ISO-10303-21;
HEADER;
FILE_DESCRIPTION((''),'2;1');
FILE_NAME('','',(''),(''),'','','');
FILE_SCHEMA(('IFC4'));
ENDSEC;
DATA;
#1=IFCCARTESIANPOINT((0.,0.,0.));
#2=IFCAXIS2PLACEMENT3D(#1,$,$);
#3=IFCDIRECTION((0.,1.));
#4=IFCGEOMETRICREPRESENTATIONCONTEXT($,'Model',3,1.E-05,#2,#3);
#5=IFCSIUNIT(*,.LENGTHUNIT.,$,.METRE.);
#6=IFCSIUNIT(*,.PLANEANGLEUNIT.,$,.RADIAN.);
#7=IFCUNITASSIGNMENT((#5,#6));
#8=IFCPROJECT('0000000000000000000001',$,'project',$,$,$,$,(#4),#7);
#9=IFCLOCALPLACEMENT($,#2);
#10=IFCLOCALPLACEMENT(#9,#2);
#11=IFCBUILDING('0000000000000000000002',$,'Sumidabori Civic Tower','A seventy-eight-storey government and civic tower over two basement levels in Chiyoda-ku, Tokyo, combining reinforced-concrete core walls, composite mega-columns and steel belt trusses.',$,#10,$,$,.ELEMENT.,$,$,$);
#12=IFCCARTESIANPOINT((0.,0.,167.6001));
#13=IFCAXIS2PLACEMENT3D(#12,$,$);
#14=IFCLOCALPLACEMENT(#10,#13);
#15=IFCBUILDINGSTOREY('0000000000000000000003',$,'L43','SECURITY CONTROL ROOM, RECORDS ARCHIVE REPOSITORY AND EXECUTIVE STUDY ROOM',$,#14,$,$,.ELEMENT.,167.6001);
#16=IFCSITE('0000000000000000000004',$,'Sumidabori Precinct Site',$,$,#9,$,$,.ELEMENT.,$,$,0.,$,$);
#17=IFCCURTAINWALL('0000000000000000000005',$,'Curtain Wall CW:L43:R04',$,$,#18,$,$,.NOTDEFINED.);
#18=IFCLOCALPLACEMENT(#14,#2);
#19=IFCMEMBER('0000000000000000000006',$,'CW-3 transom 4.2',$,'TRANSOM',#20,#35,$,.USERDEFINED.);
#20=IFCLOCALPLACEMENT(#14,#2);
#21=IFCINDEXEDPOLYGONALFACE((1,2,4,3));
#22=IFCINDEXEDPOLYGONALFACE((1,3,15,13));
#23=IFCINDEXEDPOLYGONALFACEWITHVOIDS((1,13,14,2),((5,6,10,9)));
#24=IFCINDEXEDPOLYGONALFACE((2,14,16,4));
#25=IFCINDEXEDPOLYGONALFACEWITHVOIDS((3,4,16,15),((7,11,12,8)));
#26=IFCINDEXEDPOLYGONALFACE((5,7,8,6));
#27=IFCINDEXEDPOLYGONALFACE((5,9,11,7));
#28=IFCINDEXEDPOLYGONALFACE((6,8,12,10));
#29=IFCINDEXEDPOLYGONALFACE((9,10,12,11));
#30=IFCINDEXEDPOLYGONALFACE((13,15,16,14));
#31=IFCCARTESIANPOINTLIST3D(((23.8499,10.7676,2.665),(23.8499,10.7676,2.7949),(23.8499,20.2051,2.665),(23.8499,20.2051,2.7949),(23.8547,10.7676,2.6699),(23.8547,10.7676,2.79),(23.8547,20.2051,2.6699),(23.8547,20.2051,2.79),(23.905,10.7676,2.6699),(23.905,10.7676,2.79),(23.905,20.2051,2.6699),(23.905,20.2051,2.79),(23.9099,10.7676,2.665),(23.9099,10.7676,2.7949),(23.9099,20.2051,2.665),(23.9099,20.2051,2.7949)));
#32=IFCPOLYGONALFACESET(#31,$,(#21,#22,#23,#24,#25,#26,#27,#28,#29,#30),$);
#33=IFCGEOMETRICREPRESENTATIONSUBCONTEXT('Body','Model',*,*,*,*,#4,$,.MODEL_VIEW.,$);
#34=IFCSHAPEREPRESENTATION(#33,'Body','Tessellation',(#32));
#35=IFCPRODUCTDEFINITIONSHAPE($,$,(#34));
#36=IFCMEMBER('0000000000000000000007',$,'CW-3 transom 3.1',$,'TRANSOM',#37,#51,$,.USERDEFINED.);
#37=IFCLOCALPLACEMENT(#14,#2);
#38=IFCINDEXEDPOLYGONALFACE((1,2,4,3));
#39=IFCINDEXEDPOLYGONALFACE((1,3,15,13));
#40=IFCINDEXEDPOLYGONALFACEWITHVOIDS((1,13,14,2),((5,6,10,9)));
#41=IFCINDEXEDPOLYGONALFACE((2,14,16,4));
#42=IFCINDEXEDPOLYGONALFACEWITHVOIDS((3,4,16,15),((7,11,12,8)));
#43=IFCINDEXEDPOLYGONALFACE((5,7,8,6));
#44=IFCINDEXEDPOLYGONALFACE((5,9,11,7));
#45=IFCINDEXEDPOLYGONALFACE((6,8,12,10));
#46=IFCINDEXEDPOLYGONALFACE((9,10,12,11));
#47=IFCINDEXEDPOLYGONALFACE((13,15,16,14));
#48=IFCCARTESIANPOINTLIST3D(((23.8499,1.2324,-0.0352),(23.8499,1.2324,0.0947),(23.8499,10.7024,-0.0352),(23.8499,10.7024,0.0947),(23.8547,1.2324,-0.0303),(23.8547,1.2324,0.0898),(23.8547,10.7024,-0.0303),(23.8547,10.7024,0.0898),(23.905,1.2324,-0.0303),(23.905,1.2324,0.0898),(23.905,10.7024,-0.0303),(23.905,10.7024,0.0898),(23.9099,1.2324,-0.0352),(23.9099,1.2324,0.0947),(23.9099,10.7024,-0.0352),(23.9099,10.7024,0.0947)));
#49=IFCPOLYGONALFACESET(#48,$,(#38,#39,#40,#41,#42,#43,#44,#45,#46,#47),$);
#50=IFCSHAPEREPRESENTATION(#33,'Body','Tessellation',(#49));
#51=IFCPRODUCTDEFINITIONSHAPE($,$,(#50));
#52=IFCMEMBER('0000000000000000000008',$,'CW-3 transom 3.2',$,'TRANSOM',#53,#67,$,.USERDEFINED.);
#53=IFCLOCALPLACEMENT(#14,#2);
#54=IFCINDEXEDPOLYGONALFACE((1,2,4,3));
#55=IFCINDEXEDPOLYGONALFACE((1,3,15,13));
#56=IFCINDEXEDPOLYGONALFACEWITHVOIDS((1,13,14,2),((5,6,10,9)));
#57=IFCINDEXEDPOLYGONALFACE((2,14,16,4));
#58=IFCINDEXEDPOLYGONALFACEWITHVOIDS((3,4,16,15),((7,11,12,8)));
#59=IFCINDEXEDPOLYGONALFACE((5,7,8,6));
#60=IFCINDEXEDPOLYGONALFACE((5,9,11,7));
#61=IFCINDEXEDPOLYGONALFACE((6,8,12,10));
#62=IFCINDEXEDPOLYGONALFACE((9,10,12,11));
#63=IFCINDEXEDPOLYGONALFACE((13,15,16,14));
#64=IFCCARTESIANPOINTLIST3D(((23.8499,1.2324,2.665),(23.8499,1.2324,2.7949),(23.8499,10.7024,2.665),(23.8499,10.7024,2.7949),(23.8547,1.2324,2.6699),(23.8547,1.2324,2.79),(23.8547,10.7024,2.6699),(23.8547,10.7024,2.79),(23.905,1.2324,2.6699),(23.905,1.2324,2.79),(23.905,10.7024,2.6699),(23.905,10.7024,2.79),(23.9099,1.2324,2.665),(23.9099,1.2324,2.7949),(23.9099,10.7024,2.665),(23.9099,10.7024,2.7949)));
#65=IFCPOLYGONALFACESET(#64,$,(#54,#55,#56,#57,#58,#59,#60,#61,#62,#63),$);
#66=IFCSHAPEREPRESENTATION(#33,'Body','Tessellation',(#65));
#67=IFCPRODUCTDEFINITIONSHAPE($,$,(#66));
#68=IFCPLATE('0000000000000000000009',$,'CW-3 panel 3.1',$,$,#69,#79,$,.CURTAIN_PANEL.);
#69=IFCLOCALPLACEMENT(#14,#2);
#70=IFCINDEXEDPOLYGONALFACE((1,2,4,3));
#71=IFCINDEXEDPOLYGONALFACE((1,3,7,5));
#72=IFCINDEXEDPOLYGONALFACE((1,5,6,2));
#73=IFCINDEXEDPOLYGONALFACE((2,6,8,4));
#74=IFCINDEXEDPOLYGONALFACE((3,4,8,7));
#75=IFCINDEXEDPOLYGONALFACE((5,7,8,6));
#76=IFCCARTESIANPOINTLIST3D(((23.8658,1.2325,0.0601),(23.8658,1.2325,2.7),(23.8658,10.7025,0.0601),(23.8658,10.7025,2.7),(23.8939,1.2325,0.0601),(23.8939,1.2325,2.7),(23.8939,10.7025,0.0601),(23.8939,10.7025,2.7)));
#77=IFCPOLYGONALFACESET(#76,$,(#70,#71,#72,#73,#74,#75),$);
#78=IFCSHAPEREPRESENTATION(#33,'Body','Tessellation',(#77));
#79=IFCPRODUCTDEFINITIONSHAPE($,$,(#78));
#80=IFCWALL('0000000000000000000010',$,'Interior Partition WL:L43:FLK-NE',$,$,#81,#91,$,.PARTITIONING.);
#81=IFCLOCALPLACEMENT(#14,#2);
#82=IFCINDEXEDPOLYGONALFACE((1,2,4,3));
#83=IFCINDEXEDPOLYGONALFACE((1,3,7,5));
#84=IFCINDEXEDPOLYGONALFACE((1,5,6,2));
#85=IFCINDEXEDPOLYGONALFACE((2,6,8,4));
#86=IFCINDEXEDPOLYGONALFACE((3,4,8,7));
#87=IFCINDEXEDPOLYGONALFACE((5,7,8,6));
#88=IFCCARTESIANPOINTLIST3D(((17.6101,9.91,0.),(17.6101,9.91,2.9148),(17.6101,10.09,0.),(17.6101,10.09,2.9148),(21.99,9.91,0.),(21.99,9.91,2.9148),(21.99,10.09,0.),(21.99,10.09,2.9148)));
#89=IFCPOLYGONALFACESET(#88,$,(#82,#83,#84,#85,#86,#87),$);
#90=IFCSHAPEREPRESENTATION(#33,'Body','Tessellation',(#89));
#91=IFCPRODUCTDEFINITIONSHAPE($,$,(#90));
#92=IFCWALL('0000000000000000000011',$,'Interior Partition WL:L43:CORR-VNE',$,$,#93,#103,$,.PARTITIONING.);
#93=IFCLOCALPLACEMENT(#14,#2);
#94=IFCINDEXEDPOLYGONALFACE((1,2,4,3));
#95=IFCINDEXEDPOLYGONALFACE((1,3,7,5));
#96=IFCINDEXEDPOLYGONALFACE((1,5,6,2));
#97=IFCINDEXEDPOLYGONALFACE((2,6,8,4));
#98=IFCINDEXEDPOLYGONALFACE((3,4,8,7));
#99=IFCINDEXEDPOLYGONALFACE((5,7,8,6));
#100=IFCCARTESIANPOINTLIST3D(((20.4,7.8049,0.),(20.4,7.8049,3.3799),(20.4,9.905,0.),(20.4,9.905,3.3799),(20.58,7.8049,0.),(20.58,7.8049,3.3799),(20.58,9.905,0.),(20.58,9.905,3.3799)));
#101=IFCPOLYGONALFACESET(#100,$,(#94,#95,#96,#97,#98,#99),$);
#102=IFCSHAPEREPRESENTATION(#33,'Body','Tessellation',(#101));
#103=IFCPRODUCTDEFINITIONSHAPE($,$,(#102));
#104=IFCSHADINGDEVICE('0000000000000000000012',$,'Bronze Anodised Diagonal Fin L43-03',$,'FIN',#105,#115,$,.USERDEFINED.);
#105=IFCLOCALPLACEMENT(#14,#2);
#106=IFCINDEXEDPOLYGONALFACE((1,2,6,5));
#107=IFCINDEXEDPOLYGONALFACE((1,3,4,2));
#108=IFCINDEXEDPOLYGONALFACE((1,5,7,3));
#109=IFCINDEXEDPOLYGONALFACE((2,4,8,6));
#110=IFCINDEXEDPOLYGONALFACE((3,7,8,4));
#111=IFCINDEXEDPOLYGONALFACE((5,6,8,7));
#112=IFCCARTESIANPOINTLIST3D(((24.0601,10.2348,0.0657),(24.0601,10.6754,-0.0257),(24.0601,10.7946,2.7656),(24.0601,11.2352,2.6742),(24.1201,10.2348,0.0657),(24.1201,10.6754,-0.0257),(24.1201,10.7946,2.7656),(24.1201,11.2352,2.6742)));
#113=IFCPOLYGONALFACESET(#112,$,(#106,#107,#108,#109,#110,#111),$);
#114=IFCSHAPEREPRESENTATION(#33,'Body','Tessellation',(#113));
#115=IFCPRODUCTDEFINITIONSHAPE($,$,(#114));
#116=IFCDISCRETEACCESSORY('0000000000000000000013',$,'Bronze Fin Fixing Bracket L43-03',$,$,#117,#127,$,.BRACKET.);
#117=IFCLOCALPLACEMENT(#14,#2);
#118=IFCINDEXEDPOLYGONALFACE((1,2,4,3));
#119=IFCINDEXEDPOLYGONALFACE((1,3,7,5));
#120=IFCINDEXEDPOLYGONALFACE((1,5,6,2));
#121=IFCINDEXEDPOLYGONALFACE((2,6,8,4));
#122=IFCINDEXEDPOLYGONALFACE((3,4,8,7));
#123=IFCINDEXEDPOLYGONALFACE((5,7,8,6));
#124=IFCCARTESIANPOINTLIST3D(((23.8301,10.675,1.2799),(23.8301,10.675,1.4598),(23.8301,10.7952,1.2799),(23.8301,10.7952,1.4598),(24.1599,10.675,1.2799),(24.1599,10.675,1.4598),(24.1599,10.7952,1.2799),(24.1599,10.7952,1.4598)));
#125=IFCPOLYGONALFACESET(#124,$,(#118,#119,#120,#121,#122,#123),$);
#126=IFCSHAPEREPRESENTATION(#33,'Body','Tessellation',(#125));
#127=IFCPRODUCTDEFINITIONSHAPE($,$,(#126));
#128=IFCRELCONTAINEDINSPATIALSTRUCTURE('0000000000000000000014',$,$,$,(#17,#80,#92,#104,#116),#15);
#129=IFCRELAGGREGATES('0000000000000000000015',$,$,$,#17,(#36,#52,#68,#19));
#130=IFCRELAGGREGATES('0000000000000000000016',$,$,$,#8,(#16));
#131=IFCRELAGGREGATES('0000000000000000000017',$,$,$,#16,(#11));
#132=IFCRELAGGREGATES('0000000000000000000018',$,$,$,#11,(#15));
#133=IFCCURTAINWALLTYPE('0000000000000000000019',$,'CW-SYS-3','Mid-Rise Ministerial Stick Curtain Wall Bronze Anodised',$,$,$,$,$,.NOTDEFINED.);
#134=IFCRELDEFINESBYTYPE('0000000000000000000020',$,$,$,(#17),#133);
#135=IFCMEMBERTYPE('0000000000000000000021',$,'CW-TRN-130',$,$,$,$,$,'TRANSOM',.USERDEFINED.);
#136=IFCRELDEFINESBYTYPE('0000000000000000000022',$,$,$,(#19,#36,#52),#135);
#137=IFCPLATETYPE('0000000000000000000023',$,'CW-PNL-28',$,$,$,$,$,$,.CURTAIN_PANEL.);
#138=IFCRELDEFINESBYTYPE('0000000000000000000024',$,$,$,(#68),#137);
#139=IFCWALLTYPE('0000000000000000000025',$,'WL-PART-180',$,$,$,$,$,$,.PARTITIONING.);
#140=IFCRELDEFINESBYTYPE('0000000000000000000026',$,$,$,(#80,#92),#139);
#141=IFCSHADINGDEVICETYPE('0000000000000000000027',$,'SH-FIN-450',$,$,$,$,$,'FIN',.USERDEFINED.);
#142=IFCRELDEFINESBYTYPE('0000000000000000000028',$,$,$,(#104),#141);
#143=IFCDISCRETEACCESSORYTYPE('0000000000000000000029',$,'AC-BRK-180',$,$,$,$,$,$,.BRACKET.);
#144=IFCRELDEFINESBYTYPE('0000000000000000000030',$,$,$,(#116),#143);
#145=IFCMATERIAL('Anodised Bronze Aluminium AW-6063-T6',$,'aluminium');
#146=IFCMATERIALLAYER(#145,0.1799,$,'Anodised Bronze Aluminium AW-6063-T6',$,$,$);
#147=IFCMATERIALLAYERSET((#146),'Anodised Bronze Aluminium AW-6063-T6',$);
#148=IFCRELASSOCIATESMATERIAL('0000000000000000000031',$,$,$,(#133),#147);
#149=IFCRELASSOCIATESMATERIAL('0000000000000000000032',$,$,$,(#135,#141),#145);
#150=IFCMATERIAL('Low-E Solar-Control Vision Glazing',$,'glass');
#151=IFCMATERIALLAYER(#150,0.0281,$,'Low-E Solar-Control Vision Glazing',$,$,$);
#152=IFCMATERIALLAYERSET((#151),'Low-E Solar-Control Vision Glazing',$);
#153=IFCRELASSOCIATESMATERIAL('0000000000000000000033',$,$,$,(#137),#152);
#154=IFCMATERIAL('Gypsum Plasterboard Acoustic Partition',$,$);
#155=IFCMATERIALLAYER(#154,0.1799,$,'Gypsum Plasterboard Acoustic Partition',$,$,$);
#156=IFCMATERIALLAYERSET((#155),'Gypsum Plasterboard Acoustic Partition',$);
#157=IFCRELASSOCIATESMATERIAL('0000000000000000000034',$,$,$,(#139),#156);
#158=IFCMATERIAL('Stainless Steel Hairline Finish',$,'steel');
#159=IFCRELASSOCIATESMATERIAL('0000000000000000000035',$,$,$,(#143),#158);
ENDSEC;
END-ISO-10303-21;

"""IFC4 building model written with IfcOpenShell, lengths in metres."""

from ifc_helpers import new_model, si_unit, direction, frame, frame_2d, origin, origin_2d, place, context, subcontext, project, spatial, rectangle, hollow_rectangle, extrude, source, transform, mapped, material, layer, layer_set, material_profile, profile_set, type_object, element, aggregate, save


model = new_model("IFC4")

# Units and contexts
model_context = context("Model", 3, precision=1e-05, world=origin(), true_north=direction((0.0, 1.0)))
body_context = subcontext(model_context, "Body", "Model", "MODEL_VIEW")
ifc_project = project(units=[si_unit("LENGTHUNIT", "METRE"), si_unit("PLANEANGLEUNIT", "RADIAN")], contexts=[model_context])

# Site, building, storey
site_placement = place(None, origin())
site = spatial("IfcSite", under=ifc_project, at=site_placement, Name="Sumidabori Precinct Site", CompositionType="ELEMENT", RefElevation=0.0)
building_placement = place(site_placement, origin())
building = spatial("IfcBuilding", under=site, at=building_placement, Name="Sumidabori Civic Tower", Description="A seventy-eight-storey government and civic tower over two basement levels in Chiyoda-ku, Tokyo, combining reinforced-concrete core walls, composite mega-columns and steel belt trusses.", CompositionType="ELEMENT")
storey_placement = place(building_placement, frame((0.0, 0.0, 167.6001)))
storey = spatial("IfcBuildingStorey", under=building, at=storey_placement, Name="L43", Description="SECURITY CONTROL ROOM, RECORDS ARCHIVE REPOSITORY AND EXECUTIVE STUDY ROOM", CompositionType="ELEMENT", Elevation=167.6001)

# Curtain wall, members, plate
ifc_material_1 = material(Name="Anodised Bronze Aluminium AW-6063-T6", Category="aluminium")
ifc_layer_1 = layer(ifc_material_1, 0.1799, Name="Anodised Bronze Aluminium AW-6063-T6")
ifc_layer_set_1 = layer_set([ifc_layer_1], Name="Anodised Bronze Aluminium AW-6063-T6")
curtain_wall_type = type_object("IfcCurtainWallType", Name="CW-SYS-3", Description="Mid-Rise Ministerial Stick Curtain Wall Bronze Anodised", PredefinedType="NOTDEFINED", material=ifc_layer_set_1)
curtain_wall_placement = place(storey_placement, origin())
curtain_wall = element("IfcCurtainWall", 1, at=curtain_wall_placement, inside=storey, type_object=curtain_wall_type, Name="Curtain Wall CW:L43:R04", PredefinedType="NOTDEFINED")
ifc_material_profile_1 = material_profile(ifc_material_1, hollow_rectangle(XDim=0.0601, YDim=0.1299, WallThickness=0.0049, at=origin_2d()), Name="ALU TRANSOM 130x60")
ifc_profile_set_1 = profile_set([ifc_material_profile_1], Name="Anodised Bronze Aluminium AW-6063-T6")
member_type_1 = type_object("IfcMemberType", Name="CW-TRN-130", ElementType="TRANSOM", PredefinedType="USERDEFINED", material=ifc_profile_set_1)
shared_shape_1 = source(origin(), body_context, "Body", "SweptSolid", [
    extrude(hollow_rectangle(XDim=0.0601, YDim=0.1299, WallThickness=0.0049, at=origin_2d()), origin(), (0.0, 0.0, 1.0), 9.4375),
])
member_1_placement = place(storey_placement, frame((23.8799, 10.7676, 2.73), z_axis=(0.0, 1.0, 0.0), x_axis=(-1.0, 0.0, 0.0)))
member_1 = element("IfcMember", 2, at=member_1_placement, type_object=member_type_1, Name="CW-3 transom 4.2", ObjectType="TRANSOM", PredefinedType="USERDEFINED", context=body_context, shape_type="MappedRepresentation", body=[
    mapped(shared_shape_1, transform((0.0, 0.0, 0.0), x_axis=(1.0, 0.0, 0.0), y_axis=(0.0, 1.0, 0.0), z_axis=(0.0, 0.0, 1.0), scale=1.0)),
])
shared_shape_2 = source(origin(), body_context, "Body", "SweptSolid", [
    extrude(hollow_rectangle(XDim=0.0601, YDim=0.1299, WallThickness=0.0049, at=origin_2d()), origin(), (0.0, 0.0, 1.0), 9.47),
])
member_2_placement = place(storey_placement, frame((23.8799, 1.2324, 0.0298), z_axis=(0.0, 1.0, 0.0), x_axis=(-1.0, 0.0, 0.0)))
member_2 = element("IfcMember", 3, at=member_2_placement, type_object=member_type_1, Name="CW-3 transom 3.1", ObjectType="TRANSOM", PredefinedType="USERDEFINED", context=body_context, shape_type="MappedRepresentation", body=[
    mapped(shared_shape_2, transform((0.0, 0.0, 0.0), x_axis=(1.0, 0.0, 0.0), y_axis=(0.0, 1.0, 0.0), z_axis=(0.0, 0.0, 1.0), scale=1.0)),
])
member_3_placement = place(storey_placement, frame((23.8799, 1.2324, 2.73), z_axis=(0.0, 1.0, 0.0), x_axis=(-1.0, 0.0, 0.0)))
member_3 = element("IfcMember", 4, at=member_3_placement, type_object=member_type_1, Name="CW-3 transom 3.2", ObjectType="TRANSOM", PredefinedType="USERDEFINED", context=body_context, shape_type="MappedRepresentation", body=[
    mapped(shared_shape_2, transform((0.0, 0.0, 0.0), x_axis=(1.0, 0.0, 0.0), y_axis=(0.0, 1.0, 0.0), z_axis=(0.0, 0.0, 1.0), scale=1.0)),
])
ifc_material_2 = material(Name="Low-E Solar-Control Vision Glazing", Category="glass")
ifc_layer_2 = layer(ifc_material_2, 0.0281, Name="Low-E Solar-Control Vision Glazing")
ifc_layer_set_2 = layer_set([ifc_layer_2], Name="Low-E Solar-Control Vision Glazing")
plate_type = type_object("IfcPlateType", Name="CW-PNL-28", PredefinedType="CURTAIN_PANEL", material=ifc_layer_set_2)
shared_shape_3 = source(origin(), body_context, "Body", "SweptSolid", [
    extrude(rectangle(XDim=9.47, YDim=0.0281, at=origin_2d()), origin(), (0.0, 0.0, 1.0), 2.6399),
])
plate_placement = place(storey_placement, frame((23.8799, 5.9675, 0.0601), z_axis=(0.0, 0.0, 1.0), x_axis=(0.0, 1.0, 0.0)))
plate = element("IfcPlate", 5, at=plate_placement, type_object=plate_type, Name="CW-3 panel 3.1", PredefinedType="CURTAIN_PANEL", context=body_context, shape_type="MappedRepresentation", body=[
    mapped(shared_shape_3, transform((0.0, 0.0, 0.0), x_axis=(1.0, 0.0, 0.0), y_axis=(0.0, 1.0, 0.0), z_axis=(0.0, 0.0, 1.0), scale=1.0)),
])
aggregate(curtain_wall, [member_2, member_3, plate, member_1])

# Walls
ifc_material_3 = material(Name="Gypsum Plasterboard Acoustic Partition")
ifc_layer_3 = layer(ifc_material_3, 0.1799, Name="Gypsum Plasterboard Acoustic Partition")
ifc_layer_set_3 = layer_set([ifc_layer_3], Name="Gypsum Plasterboard Acoustic Partition")
wall_type = type_object("IfcWallType", Name="WL-PART-180", PredefinedType="PARTITIONING", material=ifc_layer_set_3)
shared_shape_4 = source(origin(), body_context, "Body", "SweptSolid", [
    extrude(rectangle(XDim=4.3799, YDim=0.1799, at=frame_2d((2.1899, 0.0))), origin(), (0.0, 0.0, 1.0), 2.9148),
])
wall_1_placement = place(storey_placement, frame((17.6101, 10.0, 0.0), z_axis=(0.0, 0.0, 1.0), x_axis=(1.0, 0.0, 0.0)))
element("IfcWall", 6, at=wall_1_placement, inside=storey, type_object=wall_type, Name="Interior Partition WL:L43:FLK-NE", PredefinedType="PARTITIONING", context=body_context, shape_type="MappedRepresentation", body=[
    mapped(shared_shape_4, transform((0.0, 0.0, 0.0), x_axis=(1.0, 0.0, 0.0), y_axis=(0.0, 1.0, 0.0), z_axis=(0.0, 0.0, 1.0), scale=1.0)),
])
shared_shape_5 = source(origin(), body_context, "Body", "SweptSolid", [
    extrude(rectangle(XDim=2.1001, YDim=0.1799, at=frame_2d((1.05, 0.0))), origin(), (0.0, 0.0, 1.0), 3.3799),
])
wall_2_placement = place(storey_placement, frame((20.49, 7.8049, 0.0), z_axis=(0.0, 0.0, 1.0), x_axis=(0.0, 1.0, 0.0)))
element("IfcWall", 7, at=wall_2_placement, inside=storey, type_object=wall_type, Name="Interior Partition WL:L43:CORR-VNE", PredefinedType="PARTITIONING", context=body_context, shape_type="MappedRepresentation", body=[
    mapped(shared_shape_5, transform((0.0, 0.0, 0.0), x_axis=(1.0, 0.0, 0.0), y_axis=(0.0, 1.0, 0.0), z_axis=(0.0, 0.0, 1.0), scale=1.0)),
])

# Shading device
ifc_material_profile_2 = material_profile(ifc_material_1, rectangle(XDim=0.0601, YDim=0.45, at=origin_2d()), Name="BRONZE FIN 450x60")
ifc_profile_set_2 = profile_set([ifc_material_profile_2], Name="Anodised Bronze Aluminium AW-6063-T6")
shading_device_type = type_object("IfcShadingDeviceType", Name="SH-FIN-450", ElementType="FIN", PredefinedType="USERDEFINED", material=ifc_profile_set_2)
shared_shape_6 = source(origin(), body_context, "Body", "SweptSolid", [
    extrude(rectangle(XDim=0.0601, YDim=0.45, at=origin_2d()), origin(), (0.0, 0.0, 1.0), 2.7573),
])
shading_device_placement = place(storey_placement, frame((24.0901, 10.4551, 0.02), z_axis=(0.0, 0.203024, 0.979174), x_axis=(-1.0, 0.0, 0.0)))
element("IfcShadingDevice", 8, at=shading_device_placement, inside=storey, type_object=shading_device_type, Name="Bronze Anodised Diagonal Fin L43-03", ObjectType="FIN", PredefinedType="USERDEFINED", context=body_context, shape_type="MappedRepresentation", body=[
    mapped(shared_shape_6, transform((0.0, 0.0, 0.0), x_axis=(1.0, 0.0, 0.0), y_axis=(0.0, 1.0, 0.0), z_axis=(0.0, 0.0, 1.0), scale=1.0)),
])

# Discrete accessory
ifc_material_4 = material(Name="Stainless Steel Hairline Finish", Category="steel")
ifc_material_profile_3 = material_profile(ifc_material_4, rectangle(XDim=0.1201, YDim=0.1799, at=origin_2d()), Name="STEEL BRACKET 180x120")
ifc_profile_set_3 = profile_set([ifc_material_profile_3], Name="Stainless Steel Hairline Finish")
discrete_accessory_type = type_object("IfcDiscreteAccessoryType", Name="AC-BRK-180", PredefinedType="BRACKET", material=ifc_profile_set_3)
shared_shape_7 = source(origin(), body_context, "Body", "SweptSolid", [
    extrude(rectangle(XDim=0.1201, YDim=0.1799, at=origin_2d()), origin(), (0.0, 0.0, 1.0), 0.3298),
])
discrete_accessory_placement = place(storey_placement, frame((23.8301, 10.7351, 1.3699), z_axis=(1.0, 0.0, 0.0), x_axis=(0.0, 1.0, 0.0)))
element("IfcDiscreteAccessory", 9, at=discrete_accessory_placement, inside=storey, type_object=discrete_accessory_type, Name="Bronze Fin Fixing Bracket L43-03", PredefinedType="BRACKET", context=body_context, shape_type="MappedRepresentation", body=[
    mapped(shared_shape_7, transform((0.0, 0.0, 0.0), x_axis=(1.0, 0.0, 0.0), y_axis=(0.0, 1.0, 0.0), z_axis=(0.0, 0.0, 1.0), scale=1.0)),
])

save(model, "model.ifc")
